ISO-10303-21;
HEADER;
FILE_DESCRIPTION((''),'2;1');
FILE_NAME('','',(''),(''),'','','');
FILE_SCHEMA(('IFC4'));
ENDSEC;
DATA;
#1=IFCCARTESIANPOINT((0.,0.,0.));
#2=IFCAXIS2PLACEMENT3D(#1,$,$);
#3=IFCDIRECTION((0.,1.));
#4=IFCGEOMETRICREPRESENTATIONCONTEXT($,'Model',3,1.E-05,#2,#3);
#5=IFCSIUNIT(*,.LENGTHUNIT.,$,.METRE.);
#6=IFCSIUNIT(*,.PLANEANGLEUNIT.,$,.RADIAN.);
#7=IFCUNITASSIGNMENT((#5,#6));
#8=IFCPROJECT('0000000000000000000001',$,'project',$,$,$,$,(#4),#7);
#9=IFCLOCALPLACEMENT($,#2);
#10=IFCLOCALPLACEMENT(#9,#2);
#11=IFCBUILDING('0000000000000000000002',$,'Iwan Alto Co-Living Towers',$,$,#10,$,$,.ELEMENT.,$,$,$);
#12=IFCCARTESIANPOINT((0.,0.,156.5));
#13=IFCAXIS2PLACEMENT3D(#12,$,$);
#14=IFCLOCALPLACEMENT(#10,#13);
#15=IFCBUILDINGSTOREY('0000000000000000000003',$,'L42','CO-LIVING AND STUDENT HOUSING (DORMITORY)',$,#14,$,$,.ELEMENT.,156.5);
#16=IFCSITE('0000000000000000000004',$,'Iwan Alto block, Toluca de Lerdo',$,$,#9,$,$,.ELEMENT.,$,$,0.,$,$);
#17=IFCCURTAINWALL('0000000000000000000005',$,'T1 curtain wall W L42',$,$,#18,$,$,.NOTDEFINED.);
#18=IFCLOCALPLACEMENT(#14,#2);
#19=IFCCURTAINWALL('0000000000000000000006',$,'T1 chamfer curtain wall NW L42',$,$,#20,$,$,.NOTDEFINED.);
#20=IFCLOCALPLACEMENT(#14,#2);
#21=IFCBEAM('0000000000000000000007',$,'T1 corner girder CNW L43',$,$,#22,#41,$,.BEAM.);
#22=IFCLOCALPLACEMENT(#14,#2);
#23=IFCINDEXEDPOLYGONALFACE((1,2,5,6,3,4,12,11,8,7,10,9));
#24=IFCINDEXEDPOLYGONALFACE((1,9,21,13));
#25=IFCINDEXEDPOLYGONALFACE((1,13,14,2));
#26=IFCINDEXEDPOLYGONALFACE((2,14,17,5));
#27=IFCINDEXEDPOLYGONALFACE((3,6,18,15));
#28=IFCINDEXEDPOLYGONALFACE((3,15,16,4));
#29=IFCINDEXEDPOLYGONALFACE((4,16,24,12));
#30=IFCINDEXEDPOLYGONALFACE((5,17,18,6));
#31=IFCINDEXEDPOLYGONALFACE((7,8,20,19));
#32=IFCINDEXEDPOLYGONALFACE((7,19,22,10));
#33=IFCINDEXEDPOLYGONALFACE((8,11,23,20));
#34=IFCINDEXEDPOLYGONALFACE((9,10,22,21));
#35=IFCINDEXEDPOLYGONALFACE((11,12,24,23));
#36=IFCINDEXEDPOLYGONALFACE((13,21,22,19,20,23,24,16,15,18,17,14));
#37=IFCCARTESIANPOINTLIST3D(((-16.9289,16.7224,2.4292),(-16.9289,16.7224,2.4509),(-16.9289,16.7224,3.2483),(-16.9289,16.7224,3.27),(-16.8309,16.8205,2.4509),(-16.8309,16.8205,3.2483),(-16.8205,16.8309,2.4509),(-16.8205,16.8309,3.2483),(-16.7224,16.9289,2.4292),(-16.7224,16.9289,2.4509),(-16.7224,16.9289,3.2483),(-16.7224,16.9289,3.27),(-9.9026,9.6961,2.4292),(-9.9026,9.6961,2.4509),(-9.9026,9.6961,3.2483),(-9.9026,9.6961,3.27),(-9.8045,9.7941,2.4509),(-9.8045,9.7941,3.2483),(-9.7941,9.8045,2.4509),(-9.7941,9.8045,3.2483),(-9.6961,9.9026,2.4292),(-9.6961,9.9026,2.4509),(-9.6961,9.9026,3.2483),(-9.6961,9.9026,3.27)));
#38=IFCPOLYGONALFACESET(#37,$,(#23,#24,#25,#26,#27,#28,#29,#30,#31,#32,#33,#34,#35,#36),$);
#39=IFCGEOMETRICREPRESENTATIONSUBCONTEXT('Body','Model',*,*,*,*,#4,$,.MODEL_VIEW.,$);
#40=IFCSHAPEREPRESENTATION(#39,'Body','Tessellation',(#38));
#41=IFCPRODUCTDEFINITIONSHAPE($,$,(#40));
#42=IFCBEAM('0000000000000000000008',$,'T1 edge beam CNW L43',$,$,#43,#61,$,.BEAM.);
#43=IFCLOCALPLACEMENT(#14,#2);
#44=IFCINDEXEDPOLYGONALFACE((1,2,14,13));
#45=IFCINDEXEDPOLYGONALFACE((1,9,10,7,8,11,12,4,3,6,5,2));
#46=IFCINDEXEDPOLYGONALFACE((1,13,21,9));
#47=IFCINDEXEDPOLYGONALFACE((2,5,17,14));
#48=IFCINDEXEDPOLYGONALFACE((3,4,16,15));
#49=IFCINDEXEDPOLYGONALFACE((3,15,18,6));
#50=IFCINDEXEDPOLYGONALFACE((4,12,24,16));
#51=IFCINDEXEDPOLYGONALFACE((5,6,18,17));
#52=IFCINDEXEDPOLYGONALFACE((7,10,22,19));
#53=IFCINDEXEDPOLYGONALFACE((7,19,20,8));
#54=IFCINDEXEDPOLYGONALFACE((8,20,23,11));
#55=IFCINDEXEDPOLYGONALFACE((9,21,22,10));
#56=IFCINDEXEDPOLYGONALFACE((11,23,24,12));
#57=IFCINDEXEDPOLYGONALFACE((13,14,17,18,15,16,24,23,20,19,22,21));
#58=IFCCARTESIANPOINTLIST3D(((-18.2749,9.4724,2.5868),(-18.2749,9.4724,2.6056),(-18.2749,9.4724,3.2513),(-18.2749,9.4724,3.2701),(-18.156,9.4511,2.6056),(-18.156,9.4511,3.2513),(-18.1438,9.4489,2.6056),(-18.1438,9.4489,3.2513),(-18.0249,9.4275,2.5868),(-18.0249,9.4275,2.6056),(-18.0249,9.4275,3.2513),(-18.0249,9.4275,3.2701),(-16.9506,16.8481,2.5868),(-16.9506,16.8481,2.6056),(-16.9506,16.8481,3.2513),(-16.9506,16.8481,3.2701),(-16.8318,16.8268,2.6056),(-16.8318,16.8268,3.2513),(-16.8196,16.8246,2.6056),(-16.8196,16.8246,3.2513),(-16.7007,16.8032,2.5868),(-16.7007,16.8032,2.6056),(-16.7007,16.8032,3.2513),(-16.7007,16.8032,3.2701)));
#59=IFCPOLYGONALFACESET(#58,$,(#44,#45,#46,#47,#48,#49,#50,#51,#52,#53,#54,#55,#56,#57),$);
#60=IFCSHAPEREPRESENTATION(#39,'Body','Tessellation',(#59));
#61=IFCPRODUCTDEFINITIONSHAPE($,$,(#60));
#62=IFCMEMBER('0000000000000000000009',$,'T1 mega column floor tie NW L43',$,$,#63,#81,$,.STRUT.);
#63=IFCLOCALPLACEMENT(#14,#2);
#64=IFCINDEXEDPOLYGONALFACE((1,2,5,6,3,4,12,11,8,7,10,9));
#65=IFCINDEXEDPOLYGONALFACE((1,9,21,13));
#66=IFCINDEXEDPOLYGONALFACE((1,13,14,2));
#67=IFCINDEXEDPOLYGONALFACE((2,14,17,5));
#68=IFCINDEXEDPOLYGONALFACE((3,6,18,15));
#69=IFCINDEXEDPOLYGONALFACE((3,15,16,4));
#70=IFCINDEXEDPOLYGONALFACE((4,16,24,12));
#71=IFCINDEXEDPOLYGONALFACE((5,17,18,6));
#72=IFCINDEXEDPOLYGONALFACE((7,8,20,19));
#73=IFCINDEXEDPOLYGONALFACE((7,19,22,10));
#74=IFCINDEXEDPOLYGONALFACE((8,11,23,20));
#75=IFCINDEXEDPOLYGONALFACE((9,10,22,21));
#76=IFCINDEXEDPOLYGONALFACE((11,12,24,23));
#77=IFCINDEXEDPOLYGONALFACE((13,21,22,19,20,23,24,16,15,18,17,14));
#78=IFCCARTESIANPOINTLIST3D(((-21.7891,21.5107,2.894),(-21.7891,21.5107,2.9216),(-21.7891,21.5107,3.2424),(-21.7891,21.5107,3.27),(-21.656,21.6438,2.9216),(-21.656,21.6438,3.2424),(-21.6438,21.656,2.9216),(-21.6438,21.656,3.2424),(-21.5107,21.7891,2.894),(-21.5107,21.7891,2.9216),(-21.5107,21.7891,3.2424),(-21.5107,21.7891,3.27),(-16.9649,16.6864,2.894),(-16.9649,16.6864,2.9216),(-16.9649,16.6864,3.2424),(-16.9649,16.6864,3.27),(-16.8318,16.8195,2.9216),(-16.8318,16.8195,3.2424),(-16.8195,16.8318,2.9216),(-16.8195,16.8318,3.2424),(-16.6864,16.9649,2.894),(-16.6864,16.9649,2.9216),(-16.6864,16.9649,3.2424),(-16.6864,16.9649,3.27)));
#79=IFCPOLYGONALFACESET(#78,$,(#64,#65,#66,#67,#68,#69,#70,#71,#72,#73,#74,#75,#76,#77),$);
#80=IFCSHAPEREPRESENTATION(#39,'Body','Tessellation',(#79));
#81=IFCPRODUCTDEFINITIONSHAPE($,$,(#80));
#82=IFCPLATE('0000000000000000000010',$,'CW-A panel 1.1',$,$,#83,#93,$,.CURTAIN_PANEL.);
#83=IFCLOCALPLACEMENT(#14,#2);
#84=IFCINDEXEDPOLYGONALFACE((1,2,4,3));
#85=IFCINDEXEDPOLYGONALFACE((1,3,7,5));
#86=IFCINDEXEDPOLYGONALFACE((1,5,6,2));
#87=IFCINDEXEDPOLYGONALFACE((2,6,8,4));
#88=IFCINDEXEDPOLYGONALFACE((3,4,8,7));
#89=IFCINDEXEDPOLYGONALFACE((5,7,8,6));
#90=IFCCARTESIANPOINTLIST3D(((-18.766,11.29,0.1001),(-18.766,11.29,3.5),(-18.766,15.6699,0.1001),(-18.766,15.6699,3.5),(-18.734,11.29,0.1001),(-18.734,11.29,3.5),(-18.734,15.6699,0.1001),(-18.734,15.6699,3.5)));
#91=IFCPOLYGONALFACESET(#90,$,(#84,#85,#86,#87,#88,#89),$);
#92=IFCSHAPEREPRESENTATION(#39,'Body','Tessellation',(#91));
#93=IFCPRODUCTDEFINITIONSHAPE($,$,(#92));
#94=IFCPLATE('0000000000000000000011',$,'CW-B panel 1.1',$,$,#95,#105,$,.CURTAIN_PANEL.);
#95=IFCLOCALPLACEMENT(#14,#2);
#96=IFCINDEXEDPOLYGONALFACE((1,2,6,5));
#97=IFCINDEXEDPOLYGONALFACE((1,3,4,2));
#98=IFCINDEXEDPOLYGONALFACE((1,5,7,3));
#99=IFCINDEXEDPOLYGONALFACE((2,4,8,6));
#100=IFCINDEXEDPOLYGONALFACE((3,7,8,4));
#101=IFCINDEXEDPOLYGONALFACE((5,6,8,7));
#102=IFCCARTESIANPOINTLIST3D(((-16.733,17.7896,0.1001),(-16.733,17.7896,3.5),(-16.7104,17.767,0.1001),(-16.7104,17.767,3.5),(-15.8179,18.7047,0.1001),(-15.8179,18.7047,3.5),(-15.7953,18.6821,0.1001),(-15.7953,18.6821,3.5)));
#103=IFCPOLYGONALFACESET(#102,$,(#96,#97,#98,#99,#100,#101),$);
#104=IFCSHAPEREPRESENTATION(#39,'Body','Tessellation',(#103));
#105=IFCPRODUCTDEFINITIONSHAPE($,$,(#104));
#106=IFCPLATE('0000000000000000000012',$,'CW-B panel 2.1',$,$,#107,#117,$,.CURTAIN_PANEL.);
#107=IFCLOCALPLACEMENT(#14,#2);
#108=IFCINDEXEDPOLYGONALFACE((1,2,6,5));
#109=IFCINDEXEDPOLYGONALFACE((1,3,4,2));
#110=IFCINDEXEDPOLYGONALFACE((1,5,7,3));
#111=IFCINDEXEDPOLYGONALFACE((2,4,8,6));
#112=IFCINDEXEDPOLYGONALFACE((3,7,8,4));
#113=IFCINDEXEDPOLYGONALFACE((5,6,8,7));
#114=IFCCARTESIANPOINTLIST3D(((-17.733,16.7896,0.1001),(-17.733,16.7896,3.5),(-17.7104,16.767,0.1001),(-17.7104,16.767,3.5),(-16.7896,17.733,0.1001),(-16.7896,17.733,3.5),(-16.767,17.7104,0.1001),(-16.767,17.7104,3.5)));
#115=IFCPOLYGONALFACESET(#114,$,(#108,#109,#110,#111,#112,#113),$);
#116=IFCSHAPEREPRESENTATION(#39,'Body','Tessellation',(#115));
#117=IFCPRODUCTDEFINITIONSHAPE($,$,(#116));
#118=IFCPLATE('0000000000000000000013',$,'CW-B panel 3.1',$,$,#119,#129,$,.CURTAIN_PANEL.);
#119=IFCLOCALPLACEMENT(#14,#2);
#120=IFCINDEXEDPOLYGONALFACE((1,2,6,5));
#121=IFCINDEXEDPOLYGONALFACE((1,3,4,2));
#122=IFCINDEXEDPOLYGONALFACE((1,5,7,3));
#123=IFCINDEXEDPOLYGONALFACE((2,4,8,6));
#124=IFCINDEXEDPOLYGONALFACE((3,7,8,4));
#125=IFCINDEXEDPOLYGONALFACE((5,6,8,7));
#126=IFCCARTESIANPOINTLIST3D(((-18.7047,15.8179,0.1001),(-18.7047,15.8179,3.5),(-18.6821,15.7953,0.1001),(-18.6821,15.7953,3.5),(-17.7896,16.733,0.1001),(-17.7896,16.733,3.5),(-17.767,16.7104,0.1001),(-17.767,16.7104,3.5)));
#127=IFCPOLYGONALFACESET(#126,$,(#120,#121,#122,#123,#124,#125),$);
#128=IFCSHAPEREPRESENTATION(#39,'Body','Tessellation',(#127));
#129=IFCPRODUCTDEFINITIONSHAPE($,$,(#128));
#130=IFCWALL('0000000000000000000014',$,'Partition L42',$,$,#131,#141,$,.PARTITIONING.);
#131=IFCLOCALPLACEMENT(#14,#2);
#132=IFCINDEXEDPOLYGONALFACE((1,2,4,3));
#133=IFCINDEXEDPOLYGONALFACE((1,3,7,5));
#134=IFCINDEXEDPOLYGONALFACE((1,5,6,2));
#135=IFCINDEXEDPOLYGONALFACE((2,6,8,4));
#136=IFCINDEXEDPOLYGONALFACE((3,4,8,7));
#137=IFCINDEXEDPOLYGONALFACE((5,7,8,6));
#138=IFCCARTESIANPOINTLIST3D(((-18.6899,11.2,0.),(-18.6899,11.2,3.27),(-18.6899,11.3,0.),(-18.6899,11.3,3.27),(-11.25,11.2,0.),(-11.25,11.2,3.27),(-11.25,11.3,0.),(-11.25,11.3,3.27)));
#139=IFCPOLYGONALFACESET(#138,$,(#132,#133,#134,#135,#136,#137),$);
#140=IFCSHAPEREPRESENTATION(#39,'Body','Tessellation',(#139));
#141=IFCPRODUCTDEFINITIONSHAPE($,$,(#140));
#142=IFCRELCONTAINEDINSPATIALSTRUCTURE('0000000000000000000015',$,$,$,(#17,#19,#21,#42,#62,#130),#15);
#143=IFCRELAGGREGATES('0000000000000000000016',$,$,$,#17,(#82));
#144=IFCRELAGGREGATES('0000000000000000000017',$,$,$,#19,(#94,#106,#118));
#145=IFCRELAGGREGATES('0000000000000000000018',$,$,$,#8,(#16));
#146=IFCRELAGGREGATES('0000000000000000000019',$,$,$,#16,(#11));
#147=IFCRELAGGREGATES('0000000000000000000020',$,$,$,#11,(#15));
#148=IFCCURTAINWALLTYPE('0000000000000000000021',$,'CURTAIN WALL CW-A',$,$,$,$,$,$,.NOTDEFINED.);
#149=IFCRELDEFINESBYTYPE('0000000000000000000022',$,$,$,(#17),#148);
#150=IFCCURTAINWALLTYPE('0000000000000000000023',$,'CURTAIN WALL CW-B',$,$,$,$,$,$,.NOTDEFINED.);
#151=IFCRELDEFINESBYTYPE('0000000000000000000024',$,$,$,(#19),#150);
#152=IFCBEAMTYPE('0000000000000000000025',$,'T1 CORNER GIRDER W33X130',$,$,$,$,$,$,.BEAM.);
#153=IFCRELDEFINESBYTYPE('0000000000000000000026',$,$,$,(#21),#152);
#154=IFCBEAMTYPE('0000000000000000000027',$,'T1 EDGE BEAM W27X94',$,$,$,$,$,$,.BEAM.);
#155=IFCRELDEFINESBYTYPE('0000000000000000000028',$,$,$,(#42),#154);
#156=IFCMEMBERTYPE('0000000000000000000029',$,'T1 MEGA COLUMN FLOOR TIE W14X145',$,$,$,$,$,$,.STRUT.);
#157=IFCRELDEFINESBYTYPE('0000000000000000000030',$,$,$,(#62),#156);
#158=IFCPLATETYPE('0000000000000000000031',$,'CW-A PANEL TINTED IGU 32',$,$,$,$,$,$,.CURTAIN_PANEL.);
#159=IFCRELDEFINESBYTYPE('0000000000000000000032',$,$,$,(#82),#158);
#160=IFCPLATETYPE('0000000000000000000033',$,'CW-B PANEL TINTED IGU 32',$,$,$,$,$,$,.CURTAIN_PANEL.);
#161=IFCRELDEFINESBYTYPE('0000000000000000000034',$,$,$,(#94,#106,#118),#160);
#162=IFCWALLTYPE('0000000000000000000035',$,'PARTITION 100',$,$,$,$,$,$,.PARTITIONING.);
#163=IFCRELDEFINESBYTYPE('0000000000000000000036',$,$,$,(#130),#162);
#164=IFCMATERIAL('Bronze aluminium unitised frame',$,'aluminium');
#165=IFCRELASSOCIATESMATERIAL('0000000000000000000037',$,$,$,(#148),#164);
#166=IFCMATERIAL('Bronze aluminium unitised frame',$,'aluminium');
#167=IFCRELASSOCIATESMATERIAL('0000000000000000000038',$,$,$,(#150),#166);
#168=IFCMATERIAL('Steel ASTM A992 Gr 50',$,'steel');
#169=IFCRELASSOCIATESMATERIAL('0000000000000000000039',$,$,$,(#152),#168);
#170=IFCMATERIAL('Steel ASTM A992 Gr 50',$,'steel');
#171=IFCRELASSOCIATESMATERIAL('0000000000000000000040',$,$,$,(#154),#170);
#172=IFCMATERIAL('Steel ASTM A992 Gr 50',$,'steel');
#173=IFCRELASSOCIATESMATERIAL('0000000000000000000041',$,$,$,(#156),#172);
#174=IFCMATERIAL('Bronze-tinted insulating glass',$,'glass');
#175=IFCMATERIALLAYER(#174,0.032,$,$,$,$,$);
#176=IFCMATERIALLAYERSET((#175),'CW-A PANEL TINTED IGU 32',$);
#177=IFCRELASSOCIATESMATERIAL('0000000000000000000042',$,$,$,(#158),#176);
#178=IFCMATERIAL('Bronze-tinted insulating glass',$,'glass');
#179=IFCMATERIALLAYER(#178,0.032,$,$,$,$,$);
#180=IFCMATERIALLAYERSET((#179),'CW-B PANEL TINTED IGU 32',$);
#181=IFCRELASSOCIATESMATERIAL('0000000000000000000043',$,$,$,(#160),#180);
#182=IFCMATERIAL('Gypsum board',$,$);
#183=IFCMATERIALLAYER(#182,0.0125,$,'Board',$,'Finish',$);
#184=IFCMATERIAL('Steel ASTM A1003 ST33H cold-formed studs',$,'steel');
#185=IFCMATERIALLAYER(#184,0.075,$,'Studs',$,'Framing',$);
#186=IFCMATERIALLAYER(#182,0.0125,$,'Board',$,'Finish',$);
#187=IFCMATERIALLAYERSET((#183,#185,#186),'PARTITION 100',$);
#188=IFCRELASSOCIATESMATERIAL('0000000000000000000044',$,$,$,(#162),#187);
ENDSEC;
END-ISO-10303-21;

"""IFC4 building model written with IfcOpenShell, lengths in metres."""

from ifc_helpers import new_model, si_unit, direction, frame, frame_2d, origin, origin_2d, place, context, subcontext, project, spatial, rectangle, i_section, extrude, material, layer, layer_set, material_profile, profile_set, type_object, element, aggregate, save


model = new_model("IFC4")

# Units and contexts
model_context = context("Model", 3, precision=1e-05, world=origin(), true_north=direction((0.0, 1.0)))
body_context = subcontext(model_context, "Body", "Model", "MODEL_VIEW")
ifc_project = project(units=[si_unit("LENGTHUNIT", "METRE"), si_unit("PLANEANGLEUNIT", "RADIAN")], contexts=[model_context])

# Site, building, storey
site_placement = place(None, origin())
site = spatial("IfcSite", under=ifc_project, at=site_placement, Name="Iwan Alto block, Toluca de Lerdo", CompositionType="ELEMENT", RefElevation=0.0)
building_placement = place(site_placement, origin())
building = spatial("IfcBuilding", under=site, at=building_placement, Name="Iwan Alto Co-Living Towers", CompositionType="ELEMENT")
storey_placement = place(building_placement, frame((0.0, 0.0, 156.5)))
storey = spatial("IfcBuildingStorey", under=building, at=storey_placement, Name="L42", Description="CO-LIVING AND STUDENT HOUSING (DORMITORY)", CompositionType="ELEMENT", Elevation=156.5)

# Shared definitions
ifc_material_1 = material(Name="Bronze aluminium unitised frame", Category="aluminium")
curtain_wall_type_1 = type_object("IfcCurtainWallType", Name="CURTAIN WALL CW-A", PredefinedType="NOTDEFINED", material=ifc_material_1)

# Curtain walls
curtain_wall_1_placement = place(storey_placement, origin())
curtain_wall_1 = element("IfcCurtainWall", 1, at=curtain_wall_1_placement, inside=storey, type_object=curtain_wall_type_1, Name="T1 curtain wall W L42", PredefinedType="NOTDEFINED")
ifc_material_2 = material(Name="Bronze aluminium unitised frame", Category="aluminium")
curtain_wall_type_2 = type_object("IfcCurtainWallType", Name="CURTAIN WALL CW-B", PredefinedType="NOTDEFINED", material=ifc_material_2)
curtain_wall_2_placement = place(storey_placement, origin())
curtain_wall_2 = element("IfcCurtainWall", 2, at=curtain_wall_2_placement, inside=storey, type_object=curtain_wall_type_2, Name="T1 chamfer curtain wall NW L42", PredefinedType="NOTDEFINED")

# Beams
ifc_material_3 = material(Name="Steel ASTM A992 Gr 50", Category="steel")
ifc_material_profile_1 = material_profile(ifc_material_3, i_section(OverallWidth=0.292, OverallDepth=0.8408, WebThickness=0.0146, FlangeThickness=0.0217, at=origin_2d()), Name="W33X130")
ifc_profile_set_1 = profile_set([ifc_material_profile_1], Name="Steel ASTM A992 Gr 50")
beam_type_1 = type_object("IfcBeamType", Name="T1 CORNER GIRDER W33X130", PredefinedType="BEAM", material=ifc_profile_set_1)
beam_1_placement = place(storey_placement, frame((-16.8257, 16.8257, 2.8496), z_axis=(0.707107, -0.707107, 0.0), x_axis=(0.707107, 0.707107, 0.0)))
element("IfcBeam", 3, at=beam_1_placement, inside=storey, type_object=beam_type_1, Name="T1 corner girder CNW L43", PredefinedType="BEAM", context=body_context, shape_type="SweptSolid", body=[
    extrude(i_section(OverallWidth=0.292, OverallDepth=0.8408, WebThickness=0.0146, FlangeThickness=0.0217, at=origin_2d()), origin(), (0.0, 0.0, 1.0), 9.9368),
])
ifc_material_4 = material(Name="Steel ASTM A992 Gr 50", Category="steel")
ifc_material_profile_2 = material_profile(ifc_material_4, i_section(OverallWidth=0.2539, OverallDepth=0.6833, WebThickness=0.0125, FlangeThickness=0.0188, at=origin_2d()), Name="W27X94")
ifc_profile_set_2 = profile_set([ifc_material_profile_2], Name="Steel ASTM A992 Gr 50")
beam_type_2 = type_object("IfcBeamType", Name="T1 EDGE BEAM W27X94", PredefinedType="BEAM", material=ifc_profile_set_2)
beam_2_placement = place(storey_placement, frame((-16.8257, 16.8257, 2.9285), z_axis=(-0.176712, -0.984263, 0.0), x_axis=(0.984263, -0.176712, 0.0)))
element("IfcBeam", 4, at=beam_2_placement, inside=storey, type_object=beam_type_2, Name="T1 edge beam CNW L43", PredefinedType="BEAM", context=body_context, shape_type="SweptSolid", body=[
    extrude(i_section(OverallWidth=0.2539, OverallDepth=0.6833, WebThickness=0.0125, FlangeThickness=0.0188, at=origin_2d()), origin(), (0.0, 0.0, 1.0), 7.4937),
])

# Member
ifc_material_5 = material(Name="Steel ASTM A992 Gr 50", Category="steel")
ifc_material_profile_3 = material_profile(ifc_material_5, i_section(OverallWidth=0.3938, OverallDepth=0.376, WebThickness=0.0173, FlangeThickness=0.0276, at=origin_2d()), Name="W14X145")
ifc_profile_set_3 = profile_set([ifc_material_profile_3], Name="Steel ASTM A992 Gr 50")
member_type_1 = type_object("IfcMemberType", Name="T1 MEGA COLUMN FLOOR TIE W14X145", PredefinedType="STRUT", material=ifc_profile_set_3)
member_1_placement = place(storey_placement, frame((-21.6499, 21.6499, 3.082), z_axis=(0.707107, -0.707107, 0.0), x_axis=(0.707107, 0.707107, 0.0)))
element("IfcMember", 5, at=member_1_placement, inside=storey, type_object=member_type_1, Name="T1 mega column floor tie NW L43", PredefinedType="STRUT", context=body_context, shape_type="SweptSolid", body=[
    extrude(i_section(OverallWidth=0.3938, OverallDepth=0.376, WebThickness=0.0173, FlangeThickness=0.0276, at=origin_2d()), origin(), (0.0, 0.0, 1.0), 6.8225),
])

# Plates
ifc_material_6 = material(Name="Bronze-tinted insulating glass", Category="glass")
ifc_layer_1 = layer(ifc_material_6, 0.032)
ifc_layer_set_1 = layer_set([ifc_layer_1], Name="CW-A PANEL TINTED IGU 32")
plate_type_1 = type_object("IfcPlateType", Name="CW-A PANEL TINTED IGU 32", PredefinedType="CURTAIN_PANEL", material=ifc_layer_set_1)
plate_1_placement = place(storey_placement, frame((-18.75, 13.48, 0.1001), z_axis=(0.0, 0.0, 1.0), x_axis=(0.0, -1.0, 0.0)))
plate_1 = element("IfcPlate", 6, at=plate_1_placement, type_object=plate_type_1, Name="CW-A panel 1.1", PredefinedType="CURTAIN_PANEL", context=body_context, shape_type="SweptSolid", body=[
    extrude(rectangle(XDim=4.3799, YDim=0.032, at=origin_2d()), origin(), (0.0, 0.0, 1.0), 3.3999),
])
aggregate(curtain_wall_1, [plate_1])
ifc_material_7 = material(Name="Bronze-tinted insulating glass", Category="glass")
ifc_layer_2 = layer(ifc_material_7, 0.032)
ifc_layer_set_2 = layer_set([ifc_layer_2], Name="CW-B PANEL TINTED IGU 32")
plate_type_2 = type_object("IfcPlateType", Name="CW-B PANEL TINTED IGU 32", PredefinedType="CURTAIN_PANEL", material=ifc_layer_set_2)
plate_2_placement = place(storey_placement, frame((-16.2642, 18.2358, 0.1001), z_axis=(0.0, 0.0, 1.0), x_axis=(-0.707107, -0.707107, 0.0)))
plate_2 = element("IfcPlate", 7, at=plate_2_placement, type_object=plate_type_2, Name="CW-B panel 1.1", PredefinedType="CURTAIN_PANEL", context=body_context, shape_type="SweptSolid", body=[
    extrude(rectangle(XDim=1.2942, YDim=0.032, at=origin_2d()), origin(), (0.0, 0.0, 1.0), 3.3999),
])
plate_3_placement = place(storey_placement, frame((-17.25, 17.25, 0.1001), z_axis=(0.0, 0.0, 1.0), x_axis=(-0.707107, -0.707107, 0.0)))
plate_3 = element("IfcPlate", 8, at=plate_3_placement, type_object=plate_type_2, Name="CW-B panel 2.1", PredefinedType="CURTAIN_PANEL", context=body_context, shape_type="SweptSolid", body=[
    extrude(rectangle(XDim=1.3342, YDim=0.032, at=origin_2d()), origin(), (0.0, 0.0, 1.0), 3.3999),
])
plate_4_placement = place(storey_placement, frame((-18.2358, 16.2642, 0.1001), z_axis=(0.0, 0.0, 1.0), x_axis=(-0.707107, -0.707107, 0.0)))
plate_4 = element("IfcPlate", 9, at=plate_4_placement, type_object=plate_type_2, Name="CW-B panel 3.1", PredefinedType="CURTAIN_PANEL", context=body_context, shape_type="SweptSolid", body=[
    extrude(rectangle(XDim=1.2942, YDim=0.032, at=origin_2d()), origin(), (0.0, 0.0, 1.0), 3.3999),
])
aggregate(curtain_wall_2, [plate_2, plate_3, plate_4])

# Wall
ifc_material_8 = material(Name="Gypsum board")
ifc_layer_3 = layer(ifc_material_8, 0.0125, Name="Board", Category="Finish")
ifc_material_9 = material(Name="Steel ASTM A1003 ST33H cold-formed studs", Category="steel")
ifc_layer_4 = layer(ifc_material_9, 0.075, Name="Studs", Category="Framing")
ifc_layer_5 = layer(ifc_material_8, 0.0125, Name="Board", Category="Finish")
ifc_layer_set_3 = layer_set([ifc_layer_3, ifc_layer_4, ifc_layer_5], Name="PARTITION 100")
wall_type = type_object("IfcWallType", Name="PARTITION 100", PredefinedType="PARTITIONING", material=ifc_layer_set_3)
wall_placement = place(storey_placement, frame((-18.6899, 11.25, 0.0), z_axis=(0.0, 0.0, 1.0), x_axis=(1.0, 0.0, 0.0)))
element("IfcWall", 10, at=wall_placement, inside=storey, type_object=wall_type, Name="Partition L42", PredefinedType="PARTITIONING", context=body_context, shape_type="SweptSolid", body=[
    extrude(rectangle(XDim=7.4399, YDim=0.1001, at=frame_2d((3.72, 0.0))), origin(), (0.0, 0.0, 1.0), 3.27),
])

save(model, "model.ifc")
